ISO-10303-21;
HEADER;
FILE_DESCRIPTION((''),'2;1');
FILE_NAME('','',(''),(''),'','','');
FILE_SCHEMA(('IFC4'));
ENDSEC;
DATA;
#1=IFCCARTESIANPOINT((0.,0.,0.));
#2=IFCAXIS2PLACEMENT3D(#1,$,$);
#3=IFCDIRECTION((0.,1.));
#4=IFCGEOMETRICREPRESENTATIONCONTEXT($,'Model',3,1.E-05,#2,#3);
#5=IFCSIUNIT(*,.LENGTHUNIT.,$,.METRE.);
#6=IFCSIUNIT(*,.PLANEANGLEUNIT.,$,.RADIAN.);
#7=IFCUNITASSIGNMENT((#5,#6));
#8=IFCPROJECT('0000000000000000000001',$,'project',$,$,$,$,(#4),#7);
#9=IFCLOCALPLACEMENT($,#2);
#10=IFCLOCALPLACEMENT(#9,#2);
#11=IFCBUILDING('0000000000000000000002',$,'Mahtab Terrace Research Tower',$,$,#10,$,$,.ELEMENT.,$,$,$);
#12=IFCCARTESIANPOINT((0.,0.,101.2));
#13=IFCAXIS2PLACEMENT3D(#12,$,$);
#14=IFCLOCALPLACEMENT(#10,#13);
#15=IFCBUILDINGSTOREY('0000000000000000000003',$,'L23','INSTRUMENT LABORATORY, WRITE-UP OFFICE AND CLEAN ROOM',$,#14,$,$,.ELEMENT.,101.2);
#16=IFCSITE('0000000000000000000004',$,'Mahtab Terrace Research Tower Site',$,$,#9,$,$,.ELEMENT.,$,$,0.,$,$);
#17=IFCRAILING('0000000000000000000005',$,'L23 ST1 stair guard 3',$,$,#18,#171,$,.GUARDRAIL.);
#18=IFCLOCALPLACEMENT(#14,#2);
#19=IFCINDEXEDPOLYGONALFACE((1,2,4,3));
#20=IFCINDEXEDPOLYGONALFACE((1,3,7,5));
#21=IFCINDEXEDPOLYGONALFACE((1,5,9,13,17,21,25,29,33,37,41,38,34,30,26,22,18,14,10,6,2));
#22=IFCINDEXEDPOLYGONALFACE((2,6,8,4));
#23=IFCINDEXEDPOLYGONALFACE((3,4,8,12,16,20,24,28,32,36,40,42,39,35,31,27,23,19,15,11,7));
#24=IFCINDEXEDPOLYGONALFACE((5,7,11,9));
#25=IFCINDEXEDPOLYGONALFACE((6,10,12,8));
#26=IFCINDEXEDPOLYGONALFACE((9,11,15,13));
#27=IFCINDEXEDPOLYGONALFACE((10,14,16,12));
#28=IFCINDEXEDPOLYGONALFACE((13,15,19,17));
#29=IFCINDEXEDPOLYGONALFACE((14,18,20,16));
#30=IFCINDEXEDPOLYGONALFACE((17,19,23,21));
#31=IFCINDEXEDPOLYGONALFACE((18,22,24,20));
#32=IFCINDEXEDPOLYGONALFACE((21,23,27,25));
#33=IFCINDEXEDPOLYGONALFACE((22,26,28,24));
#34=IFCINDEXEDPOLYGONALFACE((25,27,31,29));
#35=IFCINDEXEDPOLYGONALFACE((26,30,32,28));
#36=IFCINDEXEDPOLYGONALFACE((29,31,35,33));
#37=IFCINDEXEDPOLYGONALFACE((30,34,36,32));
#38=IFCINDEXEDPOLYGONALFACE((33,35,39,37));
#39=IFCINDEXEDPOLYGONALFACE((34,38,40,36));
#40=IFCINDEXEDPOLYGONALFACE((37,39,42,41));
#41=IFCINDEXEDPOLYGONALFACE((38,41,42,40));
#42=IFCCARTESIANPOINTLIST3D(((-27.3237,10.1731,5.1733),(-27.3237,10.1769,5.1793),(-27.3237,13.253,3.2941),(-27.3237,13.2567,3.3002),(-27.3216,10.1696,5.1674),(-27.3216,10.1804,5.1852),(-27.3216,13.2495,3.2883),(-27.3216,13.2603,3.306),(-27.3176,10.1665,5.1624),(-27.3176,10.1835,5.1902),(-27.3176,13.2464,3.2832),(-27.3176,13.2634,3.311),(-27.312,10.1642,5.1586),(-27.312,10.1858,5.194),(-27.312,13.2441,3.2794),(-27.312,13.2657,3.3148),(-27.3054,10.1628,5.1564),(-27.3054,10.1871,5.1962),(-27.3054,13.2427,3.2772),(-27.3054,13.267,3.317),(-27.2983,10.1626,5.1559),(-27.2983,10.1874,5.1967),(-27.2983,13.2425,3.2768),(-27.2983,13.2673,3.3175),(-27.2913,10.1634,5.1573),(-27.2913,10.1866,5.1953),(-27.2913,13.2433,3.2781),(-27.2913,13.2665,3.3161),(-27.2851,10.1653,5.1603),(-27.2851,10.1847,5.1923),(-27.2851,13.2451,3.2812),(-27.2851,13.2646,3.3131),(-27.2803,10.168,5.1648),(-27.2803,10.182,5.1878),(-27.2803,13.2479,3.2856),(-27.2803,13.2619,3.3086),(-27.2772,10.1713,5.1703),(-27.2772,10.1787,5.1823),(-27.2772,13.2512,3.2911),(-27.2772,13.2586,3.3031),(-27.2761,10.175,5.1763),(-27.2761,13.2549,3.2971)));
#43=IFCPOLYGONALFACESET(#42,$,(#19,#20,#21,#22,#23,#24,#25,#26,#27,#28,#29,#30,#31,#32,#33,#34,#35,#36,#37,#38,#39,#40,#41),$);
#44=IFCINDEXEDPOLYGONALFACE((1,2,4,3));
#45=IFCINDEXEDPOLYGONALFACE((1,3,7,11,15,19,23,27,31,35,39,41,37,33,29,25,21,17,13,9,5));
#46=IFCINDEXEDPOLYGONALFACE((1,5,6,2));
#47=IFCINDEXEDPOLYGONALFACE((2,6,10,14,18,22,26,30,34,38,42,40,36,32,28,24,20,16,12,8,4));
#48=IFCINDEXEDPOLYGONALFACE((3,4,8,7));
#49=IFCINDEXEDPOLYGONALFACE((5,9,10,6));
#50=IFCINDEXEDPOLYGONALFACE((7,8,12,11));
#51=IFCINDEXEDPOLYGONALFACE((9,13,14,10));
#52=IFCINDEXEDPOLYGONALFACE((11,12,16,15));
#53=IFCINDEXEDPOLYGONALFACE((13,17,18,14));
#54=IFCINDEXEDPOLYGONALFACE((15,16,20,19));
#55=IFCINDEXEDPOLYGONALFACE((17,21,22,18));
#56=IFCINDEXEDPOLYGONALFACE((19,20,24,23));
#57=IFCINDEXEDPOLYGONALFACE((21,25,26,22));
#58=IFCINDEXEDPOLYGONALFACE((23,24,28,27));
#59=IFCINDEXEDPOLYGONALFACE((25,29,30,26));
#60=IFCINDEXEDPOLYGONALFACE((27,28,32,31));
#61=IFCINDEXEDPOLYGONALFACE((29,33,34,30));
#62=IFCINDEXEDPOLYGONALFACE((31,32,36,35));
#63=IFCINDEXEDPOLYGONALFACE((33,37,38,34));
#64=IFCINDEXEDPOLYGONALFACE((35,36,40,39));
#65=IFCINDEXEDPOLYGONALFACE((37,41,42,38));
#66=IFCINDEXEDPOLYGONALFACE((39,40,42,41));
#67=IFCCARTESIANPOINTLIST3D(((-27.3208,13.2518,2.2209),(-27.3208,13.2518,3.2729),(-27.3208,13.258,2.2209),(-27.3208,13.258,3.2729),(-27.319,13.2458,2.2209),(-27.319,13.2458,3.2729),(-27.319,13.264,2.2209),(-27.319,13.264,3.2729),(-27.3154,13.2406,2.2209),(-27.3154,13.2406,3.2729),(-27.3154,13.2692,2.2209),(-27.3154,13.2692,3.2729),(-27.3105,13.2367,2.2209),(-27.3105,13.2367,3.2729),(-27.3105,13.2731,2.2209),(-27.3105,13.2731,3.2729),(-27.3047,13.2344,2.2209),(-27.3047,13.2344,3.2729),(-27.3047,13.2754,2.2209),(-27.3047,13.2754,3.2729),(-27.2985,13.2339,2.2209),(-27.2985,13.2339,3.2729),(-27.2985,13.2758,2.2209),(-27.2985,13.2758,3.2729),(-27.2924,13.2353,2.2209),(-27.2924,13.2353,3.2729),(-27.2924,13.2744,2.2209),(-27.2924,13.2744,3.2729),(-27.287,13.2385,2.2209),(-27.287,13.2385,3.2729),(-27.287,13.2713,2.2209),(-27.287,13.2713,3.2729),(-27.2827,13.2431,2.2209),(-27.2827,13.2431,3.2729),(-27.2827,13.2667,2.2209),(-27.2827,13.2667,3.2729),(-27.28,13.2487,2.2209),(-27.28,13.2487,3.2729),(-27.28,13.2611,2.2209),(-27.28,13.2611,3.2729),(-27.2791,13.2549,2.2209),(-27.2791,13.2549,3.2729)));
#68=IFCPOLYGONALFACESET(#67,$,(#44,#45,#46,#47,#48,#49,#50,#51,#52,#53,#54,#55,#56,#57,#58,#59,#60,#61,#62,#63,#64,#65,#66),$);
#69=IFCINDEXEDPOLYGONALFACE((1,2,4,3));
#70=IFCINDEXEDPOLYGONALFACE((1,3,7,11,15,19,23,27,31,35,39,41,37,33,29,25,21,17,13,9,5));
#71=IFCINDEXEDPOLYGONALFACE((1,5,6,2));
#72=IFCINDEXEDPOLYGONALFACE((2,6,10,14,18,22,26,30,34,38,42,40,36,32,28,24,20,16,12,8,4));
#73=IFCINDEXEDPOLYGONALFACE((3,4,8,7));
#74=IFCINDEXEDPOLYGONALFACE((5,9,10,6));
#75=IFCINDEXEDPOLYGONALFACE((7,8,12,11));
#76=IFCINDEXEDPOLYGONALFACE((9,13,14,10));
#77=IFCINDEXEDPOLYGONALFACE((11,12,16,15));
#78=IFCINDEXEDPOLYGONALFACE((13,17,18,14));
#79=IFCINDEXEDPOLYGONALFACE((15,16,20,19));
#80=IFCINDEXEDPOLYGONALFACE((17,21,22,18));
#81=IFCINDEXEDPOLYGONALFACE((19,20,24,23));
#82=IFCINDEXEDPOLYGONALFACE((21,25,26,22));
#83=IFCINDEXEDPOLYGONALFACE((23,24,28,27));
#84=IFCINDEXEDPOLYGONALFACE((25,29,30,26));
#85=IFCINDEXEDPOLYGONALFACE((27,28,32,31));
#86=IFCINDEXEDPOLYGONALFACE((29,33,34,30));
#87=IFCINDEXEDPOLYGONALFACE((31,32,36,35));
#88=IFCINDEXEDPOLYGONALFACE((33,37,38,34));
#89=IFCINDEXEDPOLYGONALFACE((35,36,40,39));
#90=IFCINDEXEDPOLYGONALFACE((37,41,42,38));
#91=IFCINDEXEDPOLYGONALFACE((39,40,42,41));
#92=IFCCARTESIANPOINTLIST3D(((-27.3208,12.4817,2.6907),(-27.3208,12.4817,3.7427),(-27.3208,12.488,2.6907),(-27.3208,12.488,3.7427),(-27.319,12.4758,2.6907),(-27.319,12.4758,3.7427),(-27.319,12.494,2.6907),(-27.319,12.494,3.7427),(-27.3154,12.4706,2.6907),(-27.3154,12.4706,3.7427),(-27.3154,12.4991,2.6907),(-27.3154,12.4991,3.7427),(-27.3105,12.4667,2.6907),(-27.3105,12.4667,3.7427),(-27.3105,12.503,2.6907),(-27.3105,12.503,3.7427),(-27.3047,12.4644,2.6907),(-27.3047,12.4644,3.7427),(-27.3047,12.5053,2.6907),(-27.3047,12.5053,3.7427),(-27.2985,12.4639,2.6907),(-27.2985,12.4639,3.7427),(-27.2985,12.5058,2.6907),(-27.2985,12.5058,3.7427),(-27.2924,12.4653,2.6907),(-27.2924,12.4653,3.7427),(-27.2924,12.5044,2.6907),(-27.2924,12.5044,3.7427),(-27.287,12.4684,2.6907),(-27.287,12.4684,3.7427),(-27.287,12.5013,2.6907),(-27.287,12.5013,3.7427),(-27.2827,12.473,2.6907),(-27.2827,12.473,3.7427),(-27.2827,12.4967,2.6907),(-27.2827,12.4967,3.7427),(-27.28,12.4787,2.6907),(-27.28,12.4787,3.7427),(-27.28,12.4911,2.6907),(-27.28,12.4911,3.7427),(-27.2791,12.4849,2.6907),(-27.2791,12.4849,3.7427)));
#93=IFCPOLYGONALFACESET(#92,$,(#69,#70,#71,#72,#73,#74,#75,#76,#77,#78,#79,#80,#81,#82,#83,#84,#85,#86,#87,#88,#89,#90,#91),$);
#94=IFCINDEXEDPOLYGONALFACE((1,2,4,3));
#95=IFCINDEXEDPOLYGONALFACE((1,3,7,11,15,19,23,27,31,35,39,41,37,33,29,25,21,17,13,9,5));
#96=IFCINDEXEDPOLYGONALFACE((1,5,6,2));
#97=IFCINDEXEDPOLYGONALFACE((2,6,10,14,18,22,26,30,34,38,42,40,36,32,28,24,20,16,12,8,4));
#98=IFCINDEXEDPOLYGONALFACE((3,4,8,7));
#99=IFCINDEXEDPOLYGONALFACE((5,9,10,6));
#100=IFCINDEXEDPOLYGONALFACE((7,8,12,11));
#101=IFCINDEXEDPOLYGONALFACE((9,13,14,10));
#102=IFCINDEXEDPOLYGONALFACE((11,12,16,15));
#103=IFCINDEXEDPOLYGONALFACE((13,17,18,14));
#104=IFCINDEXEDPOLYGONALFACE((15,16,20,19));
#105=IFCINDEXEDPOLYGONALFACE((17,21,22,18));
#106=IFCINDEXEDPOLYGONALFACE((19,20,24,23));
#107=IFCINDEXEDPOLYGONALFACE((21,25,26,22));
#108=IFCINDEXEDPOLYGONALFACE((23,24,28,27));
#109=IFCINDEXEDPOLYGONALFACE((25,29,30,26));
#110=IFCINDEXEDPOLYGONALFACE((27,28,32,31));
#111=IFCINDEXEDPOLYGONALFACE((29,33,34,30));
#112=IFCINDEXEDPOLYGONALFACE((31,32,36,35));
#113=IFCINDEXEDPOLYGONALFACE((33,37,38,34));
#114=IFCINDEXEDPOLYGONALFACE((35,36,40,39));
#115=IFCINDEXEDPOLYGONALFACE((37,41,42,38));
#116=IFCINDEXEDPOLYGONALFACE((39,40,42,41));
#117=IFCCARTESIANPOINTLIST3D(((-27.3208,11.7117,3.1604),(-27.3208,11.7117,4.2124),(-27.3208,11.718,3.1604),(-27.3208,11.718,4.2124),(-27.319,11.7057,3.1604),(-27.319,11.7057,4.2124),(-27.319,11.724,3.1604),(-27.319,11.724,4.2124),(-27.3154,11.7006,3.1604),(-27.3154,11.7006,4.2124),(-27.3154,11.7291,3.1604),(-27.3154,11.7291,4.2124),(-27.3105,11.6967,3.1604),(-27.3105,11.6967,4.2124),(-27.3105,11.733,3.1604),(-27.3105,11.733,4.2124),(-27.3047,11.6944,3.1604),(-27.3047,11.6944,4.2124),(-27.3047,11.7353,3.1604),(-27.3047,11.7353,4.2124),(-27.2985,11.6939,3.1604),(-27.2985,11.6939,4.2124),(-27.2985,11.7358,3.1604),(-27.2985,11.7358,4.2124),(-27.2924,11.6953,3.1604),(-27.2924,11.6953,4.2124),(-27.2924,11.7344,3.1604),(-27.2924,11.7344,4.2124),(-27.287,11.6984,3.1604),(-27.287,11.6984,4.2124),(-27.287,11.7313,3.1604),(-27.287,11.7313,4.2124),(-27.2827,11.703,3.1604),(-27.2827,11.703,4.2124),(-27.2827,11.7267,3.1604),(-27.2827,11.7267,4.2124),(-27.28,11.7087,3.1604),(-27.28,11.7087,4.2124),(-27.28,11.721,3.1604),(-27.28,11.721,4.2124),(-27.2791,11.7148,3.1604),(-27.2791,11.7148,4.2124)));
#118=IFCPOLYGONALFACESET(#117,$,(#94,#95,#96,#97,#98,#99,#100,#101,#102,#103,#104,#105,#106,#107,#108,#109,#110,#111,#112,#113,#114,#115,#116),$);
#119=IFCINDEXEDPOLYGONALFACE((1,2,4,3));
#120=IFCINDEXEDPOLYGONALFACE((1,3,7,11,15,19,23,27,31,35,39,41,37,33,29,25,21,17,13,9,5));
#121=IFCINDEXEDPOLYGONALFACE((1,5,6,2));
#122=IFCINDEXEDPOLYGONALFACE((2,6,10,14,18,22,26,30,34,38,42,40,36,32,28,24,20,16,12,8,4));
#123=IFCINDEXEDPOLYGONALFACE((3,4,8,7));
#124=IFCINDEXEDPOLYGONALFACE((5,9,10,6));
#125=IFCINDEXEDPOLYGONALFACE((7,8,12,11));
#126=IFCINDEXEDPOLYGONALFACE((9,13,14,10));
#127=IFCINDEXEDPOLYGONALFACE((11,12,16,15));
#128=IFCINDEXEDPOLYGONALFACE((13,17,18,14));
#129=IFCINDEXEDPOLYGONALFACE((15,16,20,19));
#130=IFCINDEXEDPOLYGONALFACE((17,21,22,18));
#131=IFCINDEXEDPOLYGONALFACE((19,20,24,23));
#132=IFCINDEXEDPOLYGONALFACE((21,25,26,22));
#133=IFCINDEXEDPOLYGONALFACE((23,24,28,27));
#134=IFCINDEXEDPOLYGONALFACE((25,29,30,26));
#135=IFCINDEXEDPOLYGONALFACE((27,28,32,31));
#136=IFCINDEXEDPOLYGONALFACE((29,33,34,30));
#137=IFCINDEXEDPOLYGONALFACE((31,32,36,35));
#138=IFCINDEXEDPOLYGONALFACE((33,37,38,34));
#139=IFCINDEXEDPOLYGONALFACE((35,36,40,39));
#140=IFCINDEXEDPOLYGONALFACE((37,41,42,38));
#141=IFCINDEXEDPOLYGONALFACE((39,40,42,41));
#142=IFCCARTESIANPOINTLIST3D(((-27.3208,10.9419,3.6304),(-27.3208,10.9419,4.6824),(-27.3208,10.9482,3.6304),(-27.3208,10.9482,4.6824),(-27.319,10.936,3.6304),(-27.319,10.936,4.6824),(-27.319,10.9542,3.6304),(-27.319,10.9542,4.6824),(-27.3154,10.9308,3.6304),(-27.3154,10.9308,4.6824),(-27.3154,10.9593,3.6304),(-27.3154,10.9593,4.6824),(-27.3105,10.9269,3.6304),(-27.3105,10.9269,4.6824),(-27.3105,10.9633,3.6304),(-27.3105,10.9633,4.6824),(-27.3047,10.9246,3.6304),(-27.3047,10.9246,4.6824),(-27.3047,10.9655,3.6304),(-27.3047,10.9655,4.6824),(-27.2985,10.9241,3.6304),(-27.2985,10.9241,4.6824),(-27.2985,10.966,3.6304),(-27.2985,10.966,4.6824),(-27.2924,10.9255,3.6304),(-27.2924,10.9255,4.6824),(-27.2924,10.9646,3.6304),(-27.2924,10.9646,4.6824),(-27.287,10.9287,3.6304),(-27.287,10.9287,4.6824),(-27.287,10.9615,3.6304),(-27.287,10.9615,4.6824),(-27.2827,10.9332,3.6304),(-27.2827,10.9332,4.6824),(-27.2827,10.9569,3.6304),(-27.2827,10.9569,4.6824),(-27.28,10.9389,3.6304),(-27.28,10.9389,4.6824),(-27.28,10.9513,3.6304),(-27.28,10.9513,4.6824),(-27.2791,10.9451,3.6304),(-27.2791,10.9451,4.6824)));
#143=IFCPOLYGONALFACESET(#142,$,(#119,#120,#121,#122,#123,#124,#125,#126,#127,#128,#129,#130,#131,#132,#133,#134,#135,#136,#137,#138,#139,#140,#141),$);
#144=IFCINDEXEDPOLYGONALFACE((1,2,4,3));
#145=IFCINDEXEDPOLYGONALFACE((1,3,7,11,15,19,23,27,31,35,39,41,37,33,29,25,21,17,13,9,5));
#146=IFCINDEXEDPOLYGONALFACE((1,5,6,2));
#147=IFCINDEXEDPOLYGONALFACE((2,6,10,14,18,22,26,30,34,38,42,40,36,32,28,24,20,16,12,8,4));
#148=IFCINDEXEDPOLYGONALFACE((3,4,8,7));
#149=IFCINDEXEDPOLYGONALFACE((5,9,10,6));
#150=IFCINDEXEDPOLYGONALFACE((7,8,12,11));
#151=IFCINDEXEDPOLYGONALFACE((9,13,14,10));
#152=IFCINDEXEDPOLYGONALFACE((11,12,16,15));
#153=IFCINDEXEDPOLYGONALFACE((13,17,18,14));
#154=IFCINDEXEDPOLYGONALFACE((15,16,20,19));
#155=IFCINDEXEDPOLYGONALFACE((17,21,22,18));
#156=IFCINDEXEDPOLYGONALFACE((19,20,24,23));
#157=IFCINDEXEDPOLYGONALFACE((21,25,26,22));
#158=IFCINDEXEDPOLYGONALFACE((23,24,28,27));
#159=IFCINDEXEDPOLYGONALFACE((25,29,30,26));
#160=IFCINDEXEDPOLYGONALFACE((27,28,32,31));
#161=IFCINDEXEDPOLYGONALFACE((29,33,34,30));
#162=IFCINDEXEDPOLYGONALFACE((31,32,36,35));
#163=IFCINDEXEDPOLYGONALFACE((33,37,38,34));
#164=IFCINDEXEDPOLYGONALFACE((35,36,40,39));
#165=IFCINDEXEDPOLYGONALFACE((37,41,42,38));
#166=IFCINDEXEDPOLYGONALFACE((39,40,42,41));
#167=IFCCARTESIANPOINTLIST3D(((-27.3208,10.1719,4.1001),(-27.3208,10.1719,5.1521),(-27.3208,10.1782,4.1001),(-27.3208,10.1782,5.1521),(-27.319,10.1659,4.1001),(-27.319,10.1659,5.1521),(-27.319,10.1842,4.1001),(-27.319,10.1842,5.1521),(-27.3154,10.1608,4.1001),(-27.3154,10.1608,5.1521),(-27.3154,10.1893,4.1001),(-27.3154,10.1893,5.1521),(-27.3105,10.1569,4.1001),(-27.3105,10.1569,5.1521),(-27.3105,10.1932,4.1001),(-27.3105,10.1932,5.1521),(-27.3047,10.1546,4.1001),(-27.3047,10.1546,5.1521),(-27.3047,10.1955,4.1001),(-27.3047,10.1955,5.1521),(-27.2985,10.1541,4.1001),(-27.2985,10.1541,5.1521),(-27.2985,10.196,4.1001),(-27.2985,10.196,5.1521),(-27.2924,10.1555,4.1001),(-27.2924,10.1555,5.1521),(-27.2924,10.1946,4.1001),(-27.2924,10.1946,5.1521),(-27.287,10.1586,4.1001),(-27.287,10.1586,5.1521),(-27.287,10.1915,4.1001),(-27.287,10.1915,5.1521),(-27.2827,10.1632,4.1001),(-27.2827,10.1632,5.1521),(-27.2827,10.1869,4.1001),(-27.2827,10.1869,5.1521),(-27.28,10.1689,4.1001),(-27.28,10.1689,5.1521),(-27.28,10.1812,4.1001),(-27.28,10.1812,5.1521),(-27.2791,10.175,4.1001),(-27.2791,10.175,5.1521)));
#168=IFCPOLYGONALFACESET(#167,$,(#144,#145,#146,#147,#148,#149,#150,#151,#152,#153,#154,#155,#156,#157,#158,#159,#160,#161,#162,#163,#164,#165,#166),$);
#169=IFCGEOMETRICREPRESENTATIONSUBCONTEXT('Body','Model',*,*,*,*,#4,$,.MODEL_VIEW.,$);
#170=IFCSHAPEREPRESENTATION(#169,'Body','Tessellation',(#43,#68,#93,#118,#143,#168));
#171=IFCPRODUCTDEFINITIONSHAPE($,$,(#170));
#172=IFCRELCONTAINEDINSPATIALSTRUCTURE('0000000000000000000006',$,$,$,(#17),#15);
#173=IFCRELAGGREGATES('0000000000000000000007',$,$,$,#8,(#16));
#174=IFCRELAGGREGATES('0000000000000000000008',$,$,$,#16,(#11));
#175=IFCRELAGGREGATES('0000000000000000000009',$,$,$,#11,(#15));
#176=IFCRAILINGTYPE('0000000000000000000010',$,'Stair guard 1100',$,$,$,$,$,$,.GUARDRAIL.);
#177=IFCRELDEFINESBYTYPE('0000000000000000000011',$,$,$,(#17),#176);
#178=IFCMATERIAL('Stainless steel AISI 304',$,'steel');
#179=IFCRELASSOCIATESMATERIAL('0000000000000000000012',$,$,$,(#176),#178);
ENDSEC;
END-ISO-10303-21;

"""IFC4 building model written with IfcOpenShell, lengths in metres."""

from ifc_helpers import new_model, si_unit, direction, frame, origin, origin_2d, place, context, subcontext, project, spatial, circle, extrude, material, type_object, element, save


model = new_model("IFC4")

# Units and contexts
model_context = context("Model", 3, precision=1e-05, world=origin(), true_north=direction((0.0, 1.0)))
body_context = subcontext(model_context, "Body", "Model", "MODEL_VIEW")
ifc_project = project(units=[si_unit("LENGTHUNIT", "METRE"), si_unit("PLANEANGLEUNIT", "RADIAN")], contexts=[model_context])

# Site, building, storey
site_placement = place(None, origin())
site = spatial("IfcSite", under=ifc_project, at=site_placement, Name="Mahtab Terrace Research Tower Site", CompositionType="ELEMENT", RefElevation=0.0)
building_placement = place(site_placement, origin())
building = spatial("IfcBuilding", under=site, at=building_placement, Name="Mahtab Terrace Research Tower", CompositionType="ELEMENT")
storey_placement = place(building_placement, frame((0.0, 0.0, 101.2)))
storey = spatial("IfcBuildingStorey", under=building, at=storey_placement, Name="L23", Description="INSTRUMENT LABORATORY, WRITE-UP OFFICE AND CLEAN ROOM", CompositionType="ELEMENT", Elevation=101.2)

# Railing
ifc_material_1 = material(Name="Stainless steel AISI 304", Category="steel")
railing_type_1 = type_object("IfcRailingType", Name="Stair guard 1100", PredefinedType="GUARDRAIL", material=ifc_material_1)
railing_1_placement = place(storey_placement, frame((-27.3, 13.2549, 2.2209)))
element("IfcRailing", 1, at=railing_1_placement, inside=storey, type_object=railing_type_1, Name="L23 ST1 stair guard 3", PredefinedType="GUARDRAIL", context=body_context, shape_type="SweptSolid", body=[
    extrude(circle(Radius=0.0239, at=origin_2d()), frame((0.0, 0.0, 1.0762), z_axis=(0.0, -0.853648, 0.52085), x_axis=(1.0, 0.0, 0.0)), (0.0, 0.0, 1.0), 3.6079),
    extrude(circle(Radius=0.021, at=origin_2d()), origin(), (0.0, 0.0, 1.0), 1.052),
    extrude(circle(Radius=0.021, at=origin_2d()), frame((0.0, -0.77, 0.4697)), (0.0, 0.0, 1.0), 1.052),
    extrude(circle(Radius=0.021, at=origin_2d()), frame((0.0, -1.54, 0.9395)), (0.0, 0.0, 1.0), 1.052),
    extrude(circle(Radius=0.021, at=origin_2d()), frame((0.0, -2.3098, 1.4094)), (0.0, 0.0, 1.0), 1.052),
    extrude(circle(Radius=0.021, at=origin_2d()), frame((0.0, -3.0798, 1.8792)), (0.0, 0.0, 1.0), 1.052),
])

save(model, "model.ifc")
